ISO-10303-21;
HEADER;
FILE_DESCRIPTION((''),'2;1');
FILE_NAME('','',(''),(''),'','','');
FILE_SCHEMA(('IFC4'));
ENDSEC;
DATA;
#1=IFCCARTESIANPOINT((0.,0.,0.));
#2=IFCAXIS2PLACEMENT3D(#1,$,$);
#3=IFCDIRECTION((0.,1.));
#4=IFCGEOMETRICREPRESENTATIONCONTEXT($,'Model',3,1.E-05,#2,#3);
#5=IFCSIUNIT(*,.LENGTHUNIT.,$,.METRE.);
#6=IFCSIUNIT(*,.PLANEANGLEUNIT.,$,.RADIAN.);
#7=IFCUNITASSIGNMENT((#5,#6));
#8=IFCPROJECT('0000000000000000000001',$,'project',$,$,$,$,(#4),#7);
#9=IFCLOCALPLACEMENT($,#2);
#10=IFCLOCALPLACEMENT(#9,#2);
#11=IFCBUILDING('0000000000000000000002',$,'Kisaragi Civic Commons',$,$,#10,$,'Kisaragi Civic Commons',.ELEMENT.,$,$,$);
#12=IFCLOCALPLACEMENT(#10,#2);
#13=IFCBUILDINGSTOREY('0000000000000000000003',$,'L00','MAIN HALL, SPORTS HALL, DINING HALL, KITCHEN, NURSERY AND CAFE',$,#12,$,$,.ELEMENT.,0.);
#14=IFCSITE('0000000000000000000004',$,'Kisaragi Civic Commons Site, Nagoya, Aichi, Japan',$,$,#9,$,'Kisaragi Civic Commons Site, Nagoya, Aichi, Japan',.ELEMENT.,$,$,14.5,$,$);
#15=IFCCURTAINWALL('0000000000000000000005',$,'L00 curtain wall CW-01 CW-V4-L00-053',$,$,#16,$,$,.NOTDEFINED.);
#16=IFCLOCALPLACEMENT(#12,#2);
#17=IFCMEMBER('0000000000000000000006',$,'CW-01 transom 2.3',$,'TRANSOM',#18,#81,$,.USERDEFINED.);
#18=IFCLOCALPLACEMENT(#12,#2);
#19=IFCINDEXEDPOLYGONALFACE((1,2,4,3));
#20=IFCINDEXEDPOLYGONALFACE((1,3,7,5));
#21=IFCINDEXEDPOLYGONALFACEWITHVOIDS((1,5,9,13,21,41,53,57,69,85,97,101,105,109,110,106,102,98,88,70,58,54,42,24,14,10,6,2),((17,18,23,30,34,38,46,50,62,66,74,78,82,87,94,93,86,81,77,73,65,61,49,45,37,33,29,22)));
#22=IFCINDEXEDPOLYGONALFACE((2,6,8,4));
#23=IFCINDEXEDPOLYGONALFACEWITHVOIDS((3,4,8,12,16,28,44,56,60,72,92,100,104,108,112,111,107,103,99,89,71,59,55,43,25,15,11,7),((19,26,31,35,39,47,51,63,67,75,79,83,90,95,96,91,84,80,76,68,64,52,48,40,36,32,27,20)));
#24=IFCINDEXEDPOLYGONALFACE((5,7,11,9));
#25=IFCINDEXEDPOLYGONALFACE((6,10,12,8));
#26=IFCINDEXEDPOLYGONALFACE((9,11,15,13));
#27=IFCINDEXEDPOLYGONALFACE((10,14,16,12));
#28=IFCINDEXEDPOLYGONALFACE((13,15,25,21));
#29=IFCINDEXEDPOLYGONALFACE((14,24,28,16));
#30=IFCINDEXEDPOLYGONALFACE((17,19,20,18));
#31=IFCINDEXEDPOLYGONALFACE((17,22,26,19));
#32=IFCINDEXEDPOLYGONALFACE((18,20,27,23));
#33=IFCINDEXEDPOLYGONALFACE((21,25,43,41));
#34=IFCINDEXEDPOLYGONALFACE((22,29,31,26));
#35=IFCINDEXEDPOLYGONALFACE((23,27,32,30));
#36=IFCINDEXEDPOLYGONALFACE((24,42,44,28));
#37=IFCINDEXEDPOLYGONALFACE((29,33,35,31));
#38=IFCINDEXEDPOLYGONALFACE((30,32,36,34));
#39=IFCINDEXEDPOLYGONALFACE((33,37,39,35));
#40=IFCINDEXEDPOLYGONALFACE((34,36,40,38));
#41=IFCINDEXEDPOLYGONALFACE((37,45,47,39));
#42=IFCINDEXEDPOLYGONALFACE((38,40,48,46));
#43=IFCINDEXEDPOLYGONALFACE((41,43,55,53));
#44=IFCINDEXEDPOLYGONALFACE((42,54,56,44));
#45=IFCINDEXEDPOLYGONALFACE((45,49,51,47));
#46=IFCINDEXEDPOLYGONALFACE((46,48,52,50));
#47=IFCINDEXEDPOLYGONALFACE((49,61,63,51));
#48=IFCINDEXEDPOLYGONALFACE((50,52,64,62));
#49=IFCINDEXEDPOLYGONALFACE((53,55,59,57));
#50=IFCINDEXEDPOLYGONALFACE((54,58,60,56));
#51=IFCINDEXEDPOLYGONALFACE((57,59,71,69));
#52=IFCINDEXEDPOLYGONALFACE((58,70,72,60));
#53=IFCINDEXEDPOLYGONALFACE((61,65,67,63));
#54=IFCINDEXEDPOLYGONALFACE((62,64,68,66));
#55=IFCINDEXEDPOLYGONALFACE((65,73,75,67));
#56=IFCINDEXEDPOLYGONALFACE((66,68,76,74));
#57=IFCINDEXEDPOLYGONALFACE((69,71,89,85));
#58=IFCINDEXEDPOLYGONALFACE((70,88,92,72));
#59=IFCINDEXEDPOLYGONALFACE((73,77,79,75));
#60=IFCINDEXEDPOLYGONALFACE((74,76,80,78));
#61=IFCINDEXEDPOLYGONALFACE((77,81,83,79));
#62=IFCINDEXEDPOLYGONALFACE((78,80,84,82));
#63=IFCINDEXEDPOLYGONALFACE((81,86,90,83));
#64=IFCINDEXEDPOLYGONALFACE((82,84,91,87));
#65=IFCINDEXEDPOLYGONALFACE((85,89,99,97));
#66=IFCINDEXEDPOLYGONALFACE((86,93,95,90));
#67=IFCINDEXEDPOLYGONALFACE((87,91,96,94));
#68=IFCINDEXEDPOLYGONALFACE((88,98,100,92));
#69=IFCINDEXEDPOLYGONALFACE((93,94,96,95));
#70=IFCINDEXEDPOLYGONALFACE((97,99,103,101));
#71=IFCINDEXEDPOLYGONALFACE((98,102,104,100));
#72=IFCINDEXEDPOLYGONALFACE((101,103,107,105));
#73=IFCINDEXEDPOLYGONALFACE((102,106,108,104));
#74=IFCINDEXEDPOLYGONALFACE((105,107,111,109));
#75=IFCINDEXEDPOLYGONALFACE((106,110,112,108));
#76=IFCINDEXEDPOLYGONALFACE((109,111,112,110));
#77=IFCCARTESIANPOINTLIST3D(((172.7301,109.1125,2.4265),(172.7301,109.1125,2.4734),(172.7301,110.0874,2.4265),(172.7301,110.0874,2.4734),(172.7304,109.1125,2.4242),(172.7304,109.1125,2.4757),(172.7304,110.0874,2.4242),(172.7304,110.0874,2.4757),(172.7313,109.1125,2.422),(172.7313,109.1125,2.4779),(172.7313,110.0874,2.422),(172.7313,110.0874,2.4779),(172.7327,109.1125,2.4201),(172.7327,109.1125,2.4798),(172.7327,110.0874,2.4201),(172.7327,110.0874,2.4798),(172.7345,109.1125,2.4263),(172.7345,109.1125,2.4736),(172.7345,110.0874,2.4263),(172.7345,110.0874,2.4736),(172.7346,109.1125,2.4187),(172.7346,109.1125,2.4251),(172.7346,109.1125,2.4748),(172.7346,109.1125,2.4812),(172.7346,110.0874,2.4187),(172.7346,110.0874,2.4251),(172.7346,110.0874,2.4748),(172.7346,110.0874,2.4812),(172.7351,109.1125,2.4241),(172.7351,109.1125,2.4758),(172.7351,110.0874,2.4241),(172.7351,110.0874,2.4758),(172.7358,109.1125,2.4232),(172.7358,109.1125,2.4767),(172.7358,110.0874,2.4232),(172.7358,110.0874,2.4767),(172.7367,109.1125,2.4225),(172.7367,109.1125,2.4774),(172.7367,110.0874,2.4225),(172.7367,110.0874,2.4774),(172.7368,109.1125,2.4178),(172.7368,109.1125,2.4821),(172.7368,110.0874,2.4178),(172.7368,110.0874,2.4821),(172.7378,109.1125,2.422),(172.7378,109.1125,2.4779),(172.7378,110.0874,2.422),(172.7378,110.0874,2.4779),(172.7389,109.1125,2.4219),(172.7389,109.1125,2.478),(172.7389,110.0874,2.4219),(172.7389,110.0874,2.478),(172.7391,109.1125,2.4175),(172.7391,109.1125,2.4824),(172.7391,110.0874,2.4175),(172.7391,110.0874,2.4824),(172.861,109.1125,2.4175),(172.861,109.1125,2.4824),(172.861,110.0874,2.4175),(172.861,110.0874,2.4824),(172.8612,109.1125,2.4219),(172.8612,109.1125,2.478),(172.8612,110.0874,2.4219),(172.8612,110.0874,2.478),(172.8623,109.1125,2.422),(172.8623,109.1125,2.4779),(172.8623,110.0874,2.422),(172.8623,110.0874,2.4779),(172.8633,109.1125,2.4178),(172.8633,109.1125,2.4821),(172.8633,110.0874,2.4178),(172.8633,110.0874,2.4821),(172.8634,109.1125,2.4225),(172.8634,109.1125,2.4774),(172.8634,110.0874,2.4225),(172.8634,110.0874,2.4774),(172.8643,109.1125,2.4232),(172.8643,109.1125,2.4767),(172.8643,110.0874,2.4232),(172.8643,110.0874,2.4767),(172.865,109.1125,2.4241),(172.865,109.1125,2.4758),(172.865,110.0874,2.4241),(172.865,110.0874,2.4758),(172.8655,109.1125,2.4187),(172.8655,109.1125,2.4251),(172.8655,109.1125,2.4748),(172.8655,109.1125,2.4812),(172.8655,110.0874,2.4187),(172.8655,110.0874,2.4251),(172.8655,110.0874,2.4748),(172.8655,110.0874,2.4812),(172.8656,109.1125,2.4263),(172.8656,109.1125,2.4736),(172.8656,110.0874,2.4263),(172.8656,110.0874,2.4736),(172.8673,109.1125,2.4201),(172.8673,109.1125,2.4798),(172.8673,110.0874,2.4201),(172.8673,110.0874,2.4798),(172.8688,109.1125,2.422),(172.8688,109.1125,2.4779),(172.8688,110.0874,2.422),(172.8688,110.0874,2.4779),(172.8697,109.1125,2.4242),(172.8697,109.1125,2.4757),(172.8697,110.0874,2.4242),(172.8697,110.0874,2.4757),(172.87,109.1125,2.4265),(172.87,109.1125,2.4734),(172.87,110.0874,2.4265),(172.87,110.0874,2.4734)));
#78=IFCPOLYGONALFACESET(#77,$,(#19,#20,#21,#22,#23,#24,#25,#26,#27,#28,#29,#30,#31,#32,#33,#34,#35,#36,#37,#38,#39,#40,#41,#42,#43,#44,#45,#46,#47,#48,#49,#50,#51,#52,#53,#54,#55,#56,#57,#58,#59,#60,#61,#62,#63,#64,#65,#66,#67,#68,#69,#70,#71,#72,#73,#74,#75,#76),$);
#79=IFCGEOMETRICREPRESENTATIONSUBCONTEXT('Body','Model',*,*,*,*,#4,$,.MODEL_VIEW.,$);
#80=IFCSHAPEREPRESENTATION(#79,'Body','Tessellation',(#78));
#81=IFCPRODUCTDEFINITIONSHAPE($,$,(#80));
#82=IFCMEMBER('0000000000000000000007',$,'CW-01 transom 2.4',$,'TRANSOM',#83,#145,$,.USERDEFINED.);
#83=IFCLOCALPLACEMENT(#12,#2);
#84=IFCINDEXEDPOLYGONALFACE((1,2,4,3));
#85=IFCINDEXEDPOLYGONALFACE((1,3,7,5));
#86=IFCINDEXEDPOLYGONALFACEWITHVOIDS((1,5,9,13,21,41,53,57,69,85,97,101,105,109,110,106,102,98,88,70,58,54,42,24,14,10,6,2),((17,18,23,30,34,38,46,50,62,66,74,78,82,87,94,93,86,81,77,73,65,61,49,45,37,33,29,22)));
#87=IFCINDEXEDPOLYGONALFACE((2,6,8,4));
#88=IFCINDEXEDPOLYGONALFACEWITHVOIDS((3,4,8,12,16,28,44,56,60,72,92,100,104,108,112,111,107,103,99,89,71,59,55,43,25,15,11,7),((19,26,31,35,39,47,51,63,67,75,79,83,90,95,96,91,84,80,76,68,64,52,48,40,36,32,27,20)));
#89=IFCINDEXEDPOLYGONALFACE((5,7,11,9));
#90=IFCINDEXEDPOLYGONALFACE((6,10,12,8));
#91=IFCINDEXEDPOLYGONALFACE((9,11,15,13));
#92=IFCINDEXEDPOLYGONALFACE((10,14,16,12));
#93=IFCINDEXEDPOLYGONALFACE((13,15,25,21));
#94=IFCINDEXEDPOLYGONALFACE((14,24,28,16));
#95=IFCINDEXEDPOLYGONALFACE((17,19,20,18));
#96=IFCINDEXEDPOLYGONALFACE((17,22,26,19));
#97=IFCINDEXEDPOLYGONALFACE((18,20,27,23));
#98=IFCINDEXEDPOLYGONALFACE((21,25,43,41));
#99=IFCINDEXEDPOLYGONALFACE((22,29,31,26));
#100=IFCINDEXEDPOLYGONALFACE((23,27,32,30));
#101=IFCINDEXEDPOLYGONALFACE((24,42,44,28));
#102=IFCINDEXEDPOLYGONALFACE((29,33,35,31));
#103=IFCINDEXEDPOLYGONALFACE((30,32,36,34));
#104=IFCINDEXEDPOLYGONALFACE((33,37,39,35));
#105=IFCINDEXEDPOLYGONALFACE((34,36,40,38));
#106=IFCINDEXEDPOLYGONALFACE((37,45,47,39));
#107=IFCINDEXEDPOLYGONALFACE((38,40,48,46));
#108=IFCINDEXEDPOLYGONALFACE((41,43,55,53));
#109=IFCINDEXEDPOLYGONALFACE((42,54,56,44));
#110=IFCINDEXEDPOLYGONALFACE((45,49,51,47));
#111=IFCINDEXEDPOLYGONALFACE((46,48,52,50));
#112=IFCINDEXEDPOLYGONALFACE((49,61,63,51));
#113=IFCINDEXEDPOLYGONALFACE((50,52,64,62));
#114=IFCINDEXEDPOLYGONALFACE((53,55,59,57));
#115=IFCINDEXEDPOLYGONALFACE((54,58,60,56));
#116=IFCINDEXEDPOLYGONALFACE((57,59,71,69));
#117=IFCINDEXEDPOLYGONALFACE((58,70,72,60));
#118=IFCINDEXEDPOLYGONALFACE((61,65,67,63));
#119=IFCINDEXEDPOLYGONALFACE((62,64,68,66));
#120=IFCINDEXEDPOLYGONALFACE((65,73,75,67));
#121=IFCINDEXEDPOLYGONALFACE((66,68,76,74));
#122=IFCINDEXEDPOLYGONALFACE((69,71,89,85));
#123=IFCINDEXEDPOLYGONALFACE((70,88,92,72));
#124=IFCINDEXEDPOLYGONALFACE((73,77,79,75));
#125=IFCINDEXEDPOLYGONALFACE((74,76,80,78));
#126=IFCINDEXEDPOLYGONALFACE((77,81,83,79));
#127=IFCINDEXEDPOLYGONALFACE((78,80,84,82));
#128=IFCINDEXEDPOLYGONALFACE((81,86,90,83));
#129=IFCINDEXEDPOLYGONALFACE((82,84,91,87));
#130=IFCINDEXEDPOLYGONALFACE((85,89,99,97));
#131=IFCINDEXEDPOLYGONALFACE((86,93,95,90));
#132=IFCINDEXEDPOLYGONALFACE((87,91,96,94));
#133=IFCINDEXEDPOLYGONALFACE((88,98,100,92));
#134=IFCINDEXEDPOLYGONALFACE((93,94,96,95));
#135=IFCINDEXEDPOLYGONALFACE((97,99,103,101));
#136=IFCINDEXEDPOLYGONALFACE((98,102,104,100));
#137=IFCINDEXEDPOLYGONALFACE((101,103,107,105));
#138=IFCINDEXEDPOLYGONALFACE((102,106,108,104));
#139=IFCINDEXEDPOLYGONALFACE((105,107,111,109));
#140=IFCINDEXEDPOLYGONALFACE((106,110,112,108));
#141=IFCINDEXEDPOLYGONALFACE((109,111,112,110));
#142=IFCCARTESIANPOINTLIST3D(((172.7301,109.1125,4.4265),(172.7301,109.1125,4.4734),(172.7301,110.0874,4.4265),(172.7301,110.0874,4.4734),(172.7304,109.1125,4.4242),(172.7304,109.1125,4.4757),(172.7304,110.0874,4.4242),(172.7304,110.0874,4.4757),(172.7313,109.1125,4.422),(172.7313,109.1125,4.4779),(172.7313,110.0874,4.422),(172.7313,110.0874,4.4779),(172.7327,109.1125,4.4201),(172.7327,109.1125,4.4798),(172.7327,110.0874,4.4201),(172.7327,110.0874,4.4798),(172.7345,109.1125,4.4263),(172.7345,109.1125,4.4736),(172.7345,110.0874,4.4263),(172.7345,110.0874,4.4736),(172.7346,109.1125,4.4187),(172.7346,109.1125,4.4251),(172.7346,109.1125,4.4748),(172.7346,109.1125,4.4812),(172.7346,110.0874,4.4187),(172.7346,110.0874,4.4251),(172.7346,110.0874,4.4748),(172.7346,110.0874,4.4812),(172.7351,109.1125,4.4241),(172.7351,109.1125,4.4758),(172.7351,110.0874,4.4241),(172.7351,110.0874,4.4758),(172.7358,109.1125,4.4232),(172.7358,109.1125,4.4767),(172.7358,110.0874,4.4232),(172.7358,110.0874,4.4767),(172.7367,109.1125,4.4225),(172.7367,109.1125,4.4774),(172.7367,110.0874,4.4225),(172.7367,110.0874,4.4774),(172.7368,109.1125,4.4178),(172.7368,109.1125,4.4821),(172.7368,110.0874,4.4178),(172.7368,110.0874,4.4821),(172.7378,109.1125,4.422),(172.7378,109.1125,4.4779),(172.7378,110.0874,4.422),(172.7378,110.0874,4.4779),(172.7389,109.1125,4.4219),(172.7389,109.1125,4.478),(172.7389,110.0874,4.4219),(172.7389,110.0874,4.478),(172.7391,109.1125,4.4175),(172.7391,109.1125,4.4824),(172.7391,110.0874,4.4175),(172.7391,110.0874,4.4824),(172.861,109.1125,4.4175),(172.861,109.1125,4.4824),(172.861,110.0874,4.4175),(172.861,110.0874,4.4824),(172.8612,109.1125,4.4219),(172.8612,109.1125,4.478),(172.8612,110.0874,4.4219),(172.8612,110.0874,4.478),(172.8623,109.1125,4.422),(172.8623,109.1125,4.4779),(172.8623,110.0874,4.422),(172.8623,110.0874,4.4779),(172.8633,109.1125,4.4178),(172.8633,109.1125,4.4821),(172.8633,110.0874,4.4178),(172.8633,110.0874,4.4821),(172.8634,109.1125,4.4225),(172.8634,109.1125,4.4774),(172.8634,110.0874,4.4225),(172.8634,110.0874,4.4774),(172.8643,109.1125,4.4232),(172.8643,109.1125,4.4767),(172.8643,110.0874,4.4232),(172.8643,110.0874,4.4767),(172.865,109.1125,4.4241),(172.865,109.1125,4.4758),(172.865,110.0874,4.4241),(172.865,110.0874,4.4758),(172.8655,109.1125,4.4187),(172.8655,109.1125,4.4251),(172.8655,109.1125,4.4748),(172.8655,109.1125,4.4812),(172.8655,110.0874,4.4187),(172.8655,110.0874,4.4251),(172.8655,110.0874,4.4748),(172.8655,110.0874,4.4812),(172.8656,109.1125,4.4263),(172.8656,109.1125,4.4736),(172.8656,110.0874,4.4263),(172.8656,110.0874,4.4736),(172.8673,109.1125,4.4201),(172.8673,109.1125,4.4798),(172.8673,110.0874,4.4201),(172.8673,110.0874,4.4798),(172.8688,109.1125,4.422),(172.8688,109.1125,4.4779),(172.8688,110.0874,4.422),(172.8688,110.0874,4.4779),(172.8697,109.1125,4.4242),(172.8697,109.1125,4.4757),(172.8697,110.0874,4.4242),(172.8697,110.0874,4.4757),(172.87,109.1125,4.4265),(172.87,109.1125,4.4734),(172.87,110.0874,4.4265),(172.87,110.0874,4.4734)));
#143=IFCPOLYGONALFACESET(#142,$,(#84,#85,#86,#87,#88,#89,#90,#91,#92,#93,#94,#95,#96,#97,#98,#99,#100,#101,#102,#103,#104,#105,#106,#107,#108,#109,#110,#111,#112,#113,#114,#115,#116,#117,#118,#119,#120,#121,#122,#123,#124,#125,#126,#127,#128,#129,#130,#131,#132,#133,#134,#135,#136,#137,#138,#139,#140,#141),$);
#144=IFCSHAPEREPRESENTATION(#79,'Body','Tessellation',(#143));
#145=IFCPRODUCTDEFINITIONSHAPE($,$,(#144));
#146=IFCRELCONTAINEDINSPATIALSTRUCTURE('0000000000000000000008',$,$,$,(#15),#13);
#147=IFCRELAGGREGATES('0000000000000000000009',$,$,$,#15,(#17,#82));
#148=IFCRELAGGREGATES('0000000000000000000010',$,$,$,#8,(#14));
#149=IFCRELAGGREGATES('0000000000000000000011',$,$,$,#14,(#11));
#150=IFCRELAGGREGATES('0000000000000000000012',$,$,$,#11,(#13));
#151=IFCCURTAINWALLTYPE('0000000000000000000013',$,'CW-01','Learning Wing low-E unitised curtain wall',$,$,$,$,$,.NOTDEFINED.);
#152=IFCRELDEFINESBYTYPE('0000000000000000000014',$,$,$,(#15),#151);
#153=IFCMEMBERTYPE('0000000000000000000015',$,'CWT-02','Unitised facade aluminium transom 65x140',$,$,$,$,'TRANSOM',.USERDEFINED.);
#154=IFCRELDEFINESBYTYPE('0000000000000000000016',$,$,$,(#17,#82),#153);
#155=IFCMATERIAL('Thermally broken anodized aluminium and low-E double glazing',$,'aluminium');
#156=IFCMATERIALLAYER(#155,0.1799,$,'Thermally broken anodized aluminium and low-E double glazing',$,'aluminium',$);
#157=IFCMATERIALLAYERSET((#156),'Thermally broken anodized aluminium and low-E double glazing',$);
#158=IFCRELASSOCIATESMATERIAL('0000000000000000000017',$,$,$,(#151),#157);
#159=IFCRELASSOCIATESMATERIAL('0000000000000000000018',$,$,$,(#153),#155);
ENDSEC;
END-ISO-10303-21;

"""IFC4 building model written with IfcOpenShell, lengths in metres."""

from ifc_helpers import new_model, si_unit, direction, frame, origin, origin_2d, place, context, subcontext, project, spatial, hollow_rectangle, extrude, material, layer, layer_set, material_profile, profile_set, type_object, element, aggregate, save


model = new_model("IFC4")

# Units and contexts
model_context = context("Model", 3, precision=1e-05, world=origin(), true_north=direction((0.0, 1.0)))
body_context = subcontext(model_context, "Body", "Model", "MODEL_VIEW")
ifc_project = project(units=[si_unit("LENGTHUNIT", "METRE"), si_unit("PLANEANGLEUNIT", "RADIAN")], contexts=[model_context])

# Site, building, storey
site_placement = place(None, origin())
site = spatial("IfcSite", under=ifc_project, at=site_placement, Name="Kisaragi Civic Commons Site, Nagoya, Aichi, Japan", LongName="Kisaragi Civic Commons Site, Nagoya, Aichi, Japan", CompositionType="ELEMENT", RefElevation=14.5)
building_placement = place(site_placement, origin())
building = spatial("IfcBuilding", under=site, at=building_placement, Name="Kisaragi Civic Commons", LongName="Kisaragi Civic Commons", CompositionType="ELEMENT")
storey_placement = place(building_placement, origin())
storey = spatial("IfcBuildingStorey", under=building, at=storey_placement, Name="L00", Description="MAIN HALL, SPORTS HALL, DINING HALL, KITCHEN, NURSERY AND CAFE", CompositionType="ELEMENT", Elevation=0.0)

# Shared definitions
ifc_material_1 = material(Name="Thermally broken anodized aluminium and low-E double glazing", Category="aluminium")
ifc_layer_1 = layer(ifc_material_1, 0.1799, Name="Thermally broken anodized aluminium and low-E double glazing", Category="aluminium")
ifc_layer_set_1 = layer_set([ifc_layer_1], Name="Thermally broken anodized aluminium and low-E double glazing")
curtain_wall_type = type_object("IfcCurtainWallType", Name="CW-01", Description="Learning Wing low-E unitised curtain wall", PredefinedType="NOTDEFINED", material=ifc_layer_set_1)

# Curtain wall
curtain_wall_1_placement = place(storey_placement, origin())
curtain_wall_1 = element("IfcCurtainWall", 1, at=curtain_wall_1_placement, inside=storey, type_object=curtain_wall_type, Name="L00 curtain wall CW-01 CW-V4-L00-053", PredefinedType="NOTDEFINED")

# Members
ifc_material_profile_1 = material_profile(ifc_material_1, hollow_rectangle(XDim=0.1399, YDim=0.0649, WallThickness=0.0044, InnerFilletRadius=0.0044, OuterFilletRadius=0.009, at=origin_2d()), Name="CWT-65x140x4.5", Category="aluminium")
ifc_profile_set_1 = profile_set([ifc_material_profile_1], Name="Thermally broken anodized aluminium and low-E double glazing")
member_type_1 = type_object("IfcMemberType", Name="CWT-02", Description="Unitised facade aluminium transom 65x140", ElementType="TRANSOM", PredefinedType="USERDEFINED", material=ifc_profile_set_1)
member_1_placement = place(storey_placement, frame((172.8, 110.0874, 2.45), z_axis=(0.0, -1.0, 0.0), x_axis=(1.0, 0.0, 0.0)))
member_1 = element("IfcMember", 2, at=member_1_placement, type_object=member_type_1, Name="CW-01 transom 2.3", ObjectType="TRANSOM", PredefinedType="USERDEFINED", context=body_context, shape_type="SweptSolid", body=[
    extrude(hollow_rectangle(XDim=0.1399, YDim=0.0649, WallThickness=0.0044, InnerFilletRadius=0.0044, OuterFilletRadius=0.009, at=origin_2d()), origin(), (0.0, 0.0, 1.0), 0.9749),
])
member_2_placement = place(storey_placement, frame((172.8, 110.0874, 4.45), z_axis=(0.0, -1.0, 0.0), x_axis=(1.0, 0.0, 0.0)))
member_2 = element("IfcMember", 3, at=member_2_placement, type_object=member_type_1, Name="CW-01 transom 2.4", ObjectType="TRANSOM", PredefinedType="USERDEFINED", context=body_context, shape_type="SweptSolid", body=[
    extrude(hollow_rectangle(XDim=0.1399, YDim=0.0649, WallThickness=0.0044, InnerFilletRadius=0.0044, OuterFilletRadius=0.009, at=origin_2d()), origin(), (0.0, 0.0, 1.0), 0.9749),
])

aggregate(curtain_wall_1, [member_1, member_2])

save(model, "model.ifc")
